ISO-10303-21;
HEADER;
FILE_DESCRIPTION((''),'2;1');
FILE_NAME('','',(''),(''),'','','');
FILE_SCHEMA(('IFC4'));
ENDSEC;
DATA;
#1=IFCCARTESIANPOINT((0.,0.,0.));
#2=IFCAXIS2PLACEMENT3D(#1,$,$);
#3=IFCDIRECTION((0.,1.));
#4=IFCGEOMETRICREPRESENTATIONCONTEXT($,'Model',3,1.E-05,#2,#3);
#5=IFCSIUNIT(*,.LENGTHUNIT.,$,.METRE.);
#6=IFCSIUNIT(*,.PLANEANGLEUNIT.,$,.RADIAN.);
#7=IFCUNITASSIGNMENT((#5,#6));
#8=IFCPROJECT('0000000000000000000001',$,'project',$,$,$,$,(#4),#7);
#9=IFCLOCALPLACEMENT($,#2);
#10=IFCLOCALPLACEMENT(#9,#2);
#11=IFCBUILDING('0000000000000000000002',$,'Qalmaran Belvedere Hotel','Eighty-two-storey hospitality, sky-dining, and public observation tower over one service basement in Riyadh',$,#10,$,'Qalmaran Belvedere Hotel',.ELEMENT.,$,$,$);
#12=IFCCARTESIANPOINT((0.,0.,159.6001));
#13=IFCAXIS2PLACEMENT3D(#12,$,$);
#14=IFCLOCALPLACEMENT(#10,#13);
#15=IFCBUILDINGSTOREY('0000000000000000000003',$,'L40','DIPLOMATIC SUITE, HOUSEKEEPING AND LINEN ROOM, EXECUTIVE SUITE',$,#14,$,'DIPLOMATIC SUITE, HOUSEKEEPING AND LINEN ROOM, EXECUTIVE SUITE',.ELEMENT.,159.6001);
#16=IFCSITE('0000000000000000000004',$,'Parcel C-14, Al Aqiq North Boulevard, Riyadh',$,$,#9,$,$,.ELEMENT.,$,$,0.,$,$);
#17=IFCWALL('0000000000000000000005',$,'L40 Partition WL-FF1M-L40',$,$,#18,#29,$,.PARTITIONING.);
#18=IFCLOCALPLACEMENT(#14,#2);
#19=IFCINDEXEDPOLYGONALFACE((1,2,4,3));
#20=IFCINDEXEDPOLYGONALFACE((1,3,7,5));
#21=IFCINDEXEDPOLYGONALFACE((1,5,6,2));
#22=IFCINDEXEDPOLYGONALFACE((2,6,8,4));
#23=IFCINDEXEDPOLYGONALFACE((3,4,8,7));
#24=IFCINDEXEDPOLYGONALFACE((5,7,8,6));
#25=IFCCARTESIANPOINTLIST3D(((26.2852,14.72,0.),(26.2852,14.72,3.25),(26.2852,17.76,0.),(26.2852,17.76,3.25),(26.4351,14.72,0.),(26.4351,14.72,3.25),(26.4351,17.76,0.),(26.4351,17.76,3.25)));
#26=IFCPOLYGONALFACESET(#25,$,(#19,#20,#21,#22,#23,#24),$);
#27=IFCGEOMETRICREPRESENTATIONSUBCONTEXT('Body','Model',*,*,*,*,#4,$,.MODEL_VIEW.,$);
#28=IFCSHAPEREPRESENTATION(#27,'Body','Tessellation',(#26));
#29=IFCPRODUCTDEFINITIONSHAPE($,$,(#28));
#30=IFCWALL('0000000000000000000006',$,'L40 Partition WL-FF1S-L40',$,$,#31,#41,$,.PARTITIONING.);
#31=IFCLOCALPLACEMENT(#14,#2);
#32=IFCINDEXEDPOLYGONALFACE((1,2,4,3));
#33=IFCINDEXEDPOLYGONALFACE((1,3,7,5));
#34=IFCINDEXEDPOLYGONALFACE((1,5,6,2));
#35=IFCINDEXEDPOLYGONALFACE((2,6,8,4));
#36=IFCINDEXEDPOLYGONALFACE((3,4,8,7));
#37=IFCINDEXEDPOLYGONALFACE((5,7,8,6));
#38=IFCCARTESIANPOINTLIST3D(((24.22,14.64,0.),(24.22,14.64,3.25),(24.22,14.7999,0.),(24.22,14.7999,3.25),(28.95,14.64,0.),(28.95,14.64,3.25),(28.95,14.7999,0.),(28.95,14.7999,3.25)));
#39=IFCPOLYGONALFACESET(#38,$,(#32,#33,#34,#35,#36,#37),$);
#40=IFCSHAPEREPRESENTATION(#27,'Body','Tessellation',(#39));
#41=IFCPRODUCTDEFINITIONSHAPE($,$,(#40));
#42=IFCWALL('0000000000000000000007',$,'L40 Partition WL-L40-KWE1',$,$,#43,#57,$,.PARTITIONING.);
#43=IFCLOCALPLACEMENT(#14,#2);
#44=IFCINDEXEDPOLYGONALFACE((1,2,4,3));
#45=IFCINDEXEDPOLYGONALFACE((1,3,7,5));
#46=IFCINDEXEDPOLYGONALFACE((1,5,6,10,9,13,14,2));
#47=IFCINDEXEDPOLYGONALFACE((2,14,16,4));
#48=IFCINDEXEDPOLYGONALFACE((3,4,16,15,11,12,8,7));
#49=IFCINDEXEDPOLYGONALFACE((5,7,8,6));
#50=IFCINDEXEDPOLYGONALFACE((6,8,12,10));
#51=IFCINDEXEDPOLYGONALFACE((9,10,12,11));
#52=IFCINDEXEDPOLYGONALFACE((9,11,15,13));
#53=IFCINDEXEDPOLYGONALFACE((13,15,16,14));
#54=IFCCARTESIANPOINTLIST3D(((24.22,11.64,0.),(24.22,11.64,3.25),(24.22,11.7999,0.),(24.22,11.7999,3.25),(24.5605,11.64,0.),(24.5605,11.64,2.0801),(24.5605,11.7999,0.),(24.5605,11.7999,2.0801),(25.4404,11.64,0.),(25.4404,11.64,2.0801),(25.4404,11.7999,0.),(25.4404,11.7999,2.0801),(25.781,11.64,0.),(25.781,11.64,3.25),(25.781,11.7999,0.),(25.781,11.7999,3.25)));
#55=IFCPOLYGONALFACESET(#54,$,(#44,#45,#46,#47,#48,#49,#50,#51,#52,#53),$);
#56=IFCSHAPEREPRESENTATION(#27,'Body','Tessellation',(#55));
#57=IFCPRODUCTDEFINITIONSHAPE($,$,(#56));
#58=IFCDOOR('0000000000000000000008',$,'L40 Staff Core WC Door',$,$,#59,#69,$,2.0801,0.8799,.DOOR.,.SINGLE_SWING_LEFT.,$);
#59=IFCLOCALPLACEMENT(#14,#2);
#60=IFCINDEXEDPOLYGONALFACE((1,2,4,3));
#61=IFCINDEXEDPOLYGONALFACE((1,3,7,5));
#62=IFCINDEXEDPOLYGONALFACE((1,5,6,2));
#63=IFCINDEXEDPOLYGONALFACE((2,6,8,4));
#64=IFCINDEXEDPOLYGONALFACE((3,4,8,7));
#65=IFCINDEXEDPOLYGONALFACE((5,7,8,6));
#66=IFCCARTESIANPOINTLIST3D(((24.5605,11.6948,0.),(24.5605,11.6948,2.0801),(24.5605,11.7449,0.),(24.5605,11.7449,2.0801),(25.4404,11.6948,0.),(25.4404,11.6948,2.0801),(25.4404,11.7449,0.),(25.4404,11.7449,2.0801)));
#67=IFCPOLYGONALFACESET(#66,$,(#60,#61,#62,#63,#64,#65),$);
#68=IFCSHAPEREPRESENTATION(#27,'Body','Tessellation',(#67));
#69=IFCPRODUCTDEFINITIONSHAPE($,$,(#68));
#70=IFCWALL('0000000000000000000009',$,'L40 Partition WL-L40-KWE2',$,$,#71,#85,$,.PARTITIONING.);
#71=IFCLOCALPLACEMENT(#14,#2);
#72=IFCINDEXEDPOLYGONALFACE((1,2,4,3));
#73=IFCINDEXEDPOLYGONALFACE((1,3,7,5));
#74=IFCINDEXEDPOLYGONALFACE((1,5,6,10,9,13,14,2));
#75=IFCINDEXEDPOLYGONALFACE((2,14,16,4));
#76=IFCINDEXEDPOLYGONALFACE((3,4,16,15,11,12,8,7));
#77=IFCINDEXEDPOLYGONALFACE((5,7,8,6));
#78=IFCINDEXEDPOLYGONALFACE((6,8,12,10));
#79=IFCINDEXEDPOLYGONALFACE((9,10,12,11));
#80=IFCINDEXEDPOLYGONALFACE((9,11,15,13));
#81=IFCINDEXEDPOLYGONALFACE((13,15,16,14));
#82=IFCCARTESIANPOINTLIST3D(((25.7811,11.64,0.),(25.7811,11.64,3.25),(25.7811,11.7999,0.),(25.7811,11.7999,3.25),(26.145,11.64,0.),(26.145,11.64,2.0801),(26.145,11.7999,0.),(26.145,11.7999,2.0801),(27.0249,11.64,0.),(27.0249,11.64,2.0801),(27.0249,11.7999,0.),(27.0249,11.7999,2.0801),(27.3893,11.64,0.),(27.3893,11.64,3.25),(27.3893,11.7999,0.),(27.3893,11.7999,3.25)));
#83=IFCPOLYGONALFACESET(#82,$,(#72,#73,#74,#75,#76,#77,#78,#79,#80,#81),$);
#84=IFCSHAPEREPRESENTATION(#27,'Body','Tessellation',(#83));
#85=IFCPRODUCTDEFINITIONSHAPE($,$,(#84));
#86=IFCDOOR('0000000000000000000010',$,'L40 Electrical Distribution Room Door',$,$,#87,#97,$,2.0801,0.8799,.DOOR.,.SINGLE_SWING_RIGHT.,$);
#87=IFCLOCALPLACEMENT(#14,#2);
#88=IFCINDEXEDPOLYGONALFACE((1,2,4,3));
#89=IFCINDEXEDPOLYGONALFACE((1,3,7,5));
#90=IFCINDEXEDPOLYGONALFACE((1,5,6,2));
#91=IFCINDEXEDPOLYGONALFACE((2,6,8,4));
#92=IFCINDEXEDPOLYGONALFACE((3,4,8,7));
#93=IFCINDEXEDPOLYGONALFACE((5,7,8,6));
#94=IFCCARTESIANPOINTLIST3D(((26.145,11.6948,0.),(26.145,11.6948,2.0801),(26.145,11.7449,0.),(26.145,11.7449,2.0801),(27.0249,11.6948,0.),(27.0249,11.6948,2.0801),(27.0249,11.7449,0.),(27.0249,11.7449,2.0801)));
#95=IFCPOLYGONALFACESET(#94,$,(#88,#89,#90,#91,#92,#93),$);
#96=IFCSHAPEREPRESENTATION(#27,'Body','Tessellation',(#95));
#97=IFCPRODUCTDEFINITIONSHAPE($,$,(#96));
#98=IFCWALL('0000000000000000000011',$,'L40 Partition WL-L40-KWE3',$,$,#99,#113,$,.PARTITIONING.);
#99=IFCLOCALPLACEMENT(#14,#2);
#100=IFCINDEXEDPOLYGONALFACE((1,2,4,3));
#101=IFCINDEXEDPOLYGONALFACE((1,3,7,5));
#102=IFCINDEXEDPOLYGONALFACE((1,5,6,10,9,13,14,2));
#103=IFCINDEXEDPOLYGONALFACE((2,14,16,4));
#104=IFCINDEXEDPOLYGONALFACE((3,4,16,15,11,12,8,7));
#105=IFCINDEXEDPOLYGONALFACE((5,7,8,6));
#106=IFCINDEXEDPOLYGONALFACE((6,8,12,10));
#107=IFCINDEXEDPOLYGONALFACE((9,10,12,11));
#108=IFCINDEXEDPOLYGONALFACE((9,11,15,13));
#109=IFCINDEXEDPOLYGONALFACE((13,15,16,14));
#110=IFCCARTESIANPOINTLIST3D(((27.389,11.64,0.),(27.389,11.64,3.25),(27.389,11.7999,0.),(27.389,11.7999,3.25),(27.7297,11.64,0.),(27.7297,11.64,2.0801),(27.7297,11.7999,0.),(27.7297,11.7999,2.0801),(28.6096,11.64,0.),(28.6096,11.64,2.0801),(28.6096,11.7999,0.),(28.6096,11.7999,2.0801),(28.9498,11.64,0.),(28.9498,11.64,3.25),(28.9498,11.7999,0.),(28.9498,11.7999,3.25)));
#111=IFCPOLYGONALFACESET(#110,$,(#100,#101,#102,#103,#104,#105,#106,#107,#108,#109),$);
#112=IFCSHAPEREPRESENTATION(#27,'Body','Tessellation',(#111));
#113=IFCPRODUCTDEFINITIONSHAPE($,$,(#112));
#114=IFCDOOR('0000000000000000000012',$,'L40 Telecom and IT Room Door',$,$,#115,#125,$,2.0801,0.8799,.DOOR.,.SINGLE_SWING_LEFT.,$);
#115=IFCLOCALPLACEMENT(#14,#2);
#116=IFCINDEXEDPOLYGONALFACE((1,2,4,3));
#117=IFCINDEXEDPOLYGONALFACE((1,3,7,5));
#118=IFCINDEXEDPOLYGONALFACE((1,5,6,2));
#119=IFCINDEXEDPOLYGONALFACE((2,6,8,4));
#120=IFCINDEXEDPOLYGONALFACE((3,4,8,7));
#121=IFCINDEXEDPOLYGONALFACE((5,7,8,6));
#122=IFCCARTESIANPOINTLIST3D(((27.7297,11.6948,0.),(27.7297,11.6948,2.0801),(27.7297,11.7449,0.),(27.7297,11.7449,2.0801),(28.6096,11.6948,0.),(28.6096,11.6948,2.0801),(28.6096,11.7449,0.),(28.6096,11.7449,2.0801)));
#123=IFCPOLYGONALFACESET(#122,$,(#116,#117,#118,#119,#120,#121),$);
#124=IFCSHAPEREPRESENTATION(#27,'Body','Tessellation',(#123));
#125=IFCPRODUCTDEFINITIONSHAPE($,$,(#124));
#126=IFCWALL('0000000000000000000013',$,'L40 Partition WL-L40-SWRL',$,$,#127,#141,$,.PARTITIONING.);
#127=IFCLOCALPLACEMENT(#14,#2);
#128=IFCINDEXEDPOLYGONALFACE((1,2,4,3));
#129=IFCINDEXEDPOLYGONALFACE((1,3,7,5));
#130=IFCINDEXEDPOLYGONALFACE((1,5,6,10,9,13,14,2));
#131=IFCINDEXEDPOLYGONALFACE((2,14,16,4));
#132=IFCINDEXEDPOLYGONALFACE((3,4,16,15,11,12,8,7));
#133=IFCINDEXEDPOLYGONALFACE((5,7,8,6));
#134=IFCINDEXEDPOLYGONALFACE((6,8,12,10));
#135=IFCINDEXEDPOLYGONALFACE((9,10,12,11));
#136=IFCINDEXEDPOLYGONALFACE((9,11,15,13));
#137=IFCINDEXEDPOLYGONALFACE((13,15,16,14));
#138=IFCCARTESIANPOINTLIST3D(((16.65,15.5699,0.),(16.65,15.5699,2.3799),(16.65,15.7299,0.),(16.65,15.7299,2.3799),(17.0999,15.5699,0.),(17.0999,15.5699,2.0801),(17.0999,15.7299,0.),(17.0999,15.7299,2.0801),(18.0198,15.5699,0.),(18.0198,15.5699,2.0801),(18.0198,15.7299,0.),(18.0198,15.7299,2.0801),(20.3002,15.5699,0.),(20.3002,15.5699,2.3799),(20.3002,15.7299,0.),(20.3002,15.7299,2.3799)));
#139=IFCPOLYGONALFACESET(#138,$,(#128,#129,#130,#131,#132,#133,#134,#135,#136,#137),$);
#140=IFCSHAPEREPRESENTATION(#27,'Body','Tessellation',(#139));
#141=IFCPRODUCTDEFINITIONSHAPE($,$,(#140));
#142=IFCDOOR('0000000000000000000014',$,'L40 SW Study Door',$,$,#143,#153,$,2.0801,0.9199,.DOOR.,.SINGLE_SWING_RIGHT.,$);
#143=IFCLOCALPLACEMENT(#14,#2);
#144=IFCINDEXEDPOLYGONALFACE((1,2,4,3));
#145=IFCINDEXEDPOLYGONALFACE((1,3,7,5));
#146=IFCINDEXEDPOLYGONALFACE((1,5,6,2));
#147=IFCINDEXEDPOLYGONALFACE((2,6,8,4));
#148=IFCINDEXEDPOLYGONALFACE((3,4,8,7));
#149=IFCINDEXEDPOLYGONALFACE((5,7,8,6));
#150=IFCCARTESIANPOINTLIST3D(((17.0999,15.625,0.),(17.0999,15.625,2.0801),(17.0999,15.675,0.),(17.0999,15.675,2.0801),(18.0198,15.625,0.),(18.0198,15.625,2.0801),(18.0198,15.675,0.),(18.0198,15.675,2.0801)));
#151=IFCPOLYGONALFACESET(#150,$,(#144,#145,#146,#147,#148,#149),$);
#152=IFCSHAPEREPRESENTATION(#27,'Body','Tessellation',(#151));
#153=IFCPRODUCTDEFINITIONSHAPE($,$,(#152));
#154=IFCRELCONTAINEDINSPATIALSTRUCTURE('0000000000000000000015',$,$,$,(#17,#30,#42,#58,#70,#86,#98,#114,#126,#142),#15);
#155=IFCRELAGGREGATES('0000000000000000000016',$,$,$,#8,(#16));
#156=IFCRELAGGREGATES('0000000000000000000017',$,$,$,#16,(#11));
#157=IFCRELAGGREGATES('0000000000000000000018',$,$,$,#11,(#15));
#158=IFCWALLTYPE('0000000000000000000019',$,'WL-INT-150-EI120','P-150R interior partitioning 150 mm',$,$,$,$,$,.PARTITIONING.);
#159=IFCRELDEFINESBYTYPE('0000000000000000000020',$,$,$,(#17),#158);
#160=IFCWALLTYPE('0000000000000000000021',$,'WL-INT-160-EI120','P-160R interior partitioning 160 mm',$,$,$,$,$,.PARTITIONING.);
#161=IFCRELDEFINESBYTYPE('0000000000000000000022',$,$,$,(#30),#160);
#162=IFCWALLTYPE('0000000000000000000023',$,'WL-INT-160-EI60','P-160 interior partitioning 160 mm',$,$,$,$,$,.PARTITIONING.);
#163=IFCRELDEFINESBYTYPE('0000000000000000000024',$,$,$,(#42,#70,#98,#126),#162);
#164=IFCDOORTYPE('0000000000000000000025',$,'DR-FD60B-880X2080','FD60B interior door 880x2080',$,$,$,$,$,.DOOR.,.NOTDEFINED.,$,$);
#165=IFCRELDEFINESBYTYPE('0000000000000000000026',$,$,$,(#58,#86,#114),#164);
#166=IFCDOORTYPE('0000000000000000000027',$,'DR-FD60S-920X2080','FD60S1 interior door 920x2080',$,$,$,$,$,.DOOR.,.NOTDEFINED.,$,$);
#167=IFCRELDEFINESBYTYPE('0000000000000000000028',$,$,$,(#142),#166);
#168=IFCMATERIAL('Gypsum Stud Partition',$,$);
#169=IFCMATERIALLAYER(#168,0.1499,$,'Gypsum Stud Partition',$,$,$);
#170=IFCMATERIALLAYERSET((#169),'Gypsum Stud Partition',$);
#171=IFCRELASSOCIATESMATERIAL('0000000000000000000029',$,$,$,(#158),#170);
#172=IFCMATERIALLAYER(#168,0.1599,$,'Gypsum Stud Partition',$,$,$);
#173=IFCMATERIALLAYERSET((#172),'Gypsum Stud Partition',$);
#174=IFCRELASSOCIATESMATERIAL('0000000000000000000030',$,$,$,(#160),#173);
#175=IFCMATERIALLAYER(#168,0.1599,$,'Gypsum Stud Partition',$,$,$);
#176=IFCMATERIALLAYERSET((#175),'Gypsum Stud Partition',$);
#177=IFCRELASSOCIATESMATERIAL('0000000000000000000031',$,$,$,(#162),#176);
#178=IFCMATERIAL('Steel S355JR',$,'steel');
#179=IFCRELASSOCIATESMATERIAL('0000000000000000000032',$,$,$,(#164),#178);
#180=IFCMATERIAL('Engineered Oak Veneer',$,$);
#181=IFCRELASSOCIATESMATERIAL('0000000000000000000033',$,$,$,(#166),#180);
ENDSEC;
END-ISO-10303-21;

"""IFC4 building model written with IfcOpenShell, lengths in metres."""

from ifc_helpers import new_model, si_unit, direction, frame, frame_2d, origin, place, context, subcontext, project, spatial, rectangle, extrude, material, layer, layer_set, type_object, element, fill, save


model = new_model("IFC4")

# Units and contexts
model_context = context("Model", 3, precision=1e-05, world=origin(), true_north=direction((0.0, 1.0)))
body_context = subcontext(model_context, "Body", "Model", "MODEL_VIEW")
ifc_project = project(units=[si_unit("LENGTHUNIT", "METRE"), si_unit("PLANEANGLEUNIT", "RADIAN")], contexts=[model_context])

# Site, building, storey
site_placement = place(None, origin())
site = spatial("IfcSite", under=ifc_project, at=site_placement, Name="Parcel C-14, Al Aqiq North Boulevard, Riyadh", CompositionType="ELEMENT", RefElevation=0.0)
building_placement = place(site_placement, origin())
building = spatial("IfcBuilding", under=site, at=building_placement, Name="Qalmaran Belvedere Hotel", Description="Eighty-two-storey hospitality, sky-dining, and public observation tower over one service basement in Riyadh", LongName="Qalmaran Belvedere Hotel", CompositionType="ELEMENT")
storey_placement = place(building_placement, frame((0.0, 0.0, 159.6001)))
storey = spatial("IfcBuildingStorey", under=building, at=storey_placement, Name="L40", Description="DIPLOMATIC SUITE, HOUSEKEEPING AND LINEN ROOM, EXECUTIVE SUITE", LongName="DIPLOMATIC SUITE, HOUSEKEEPING AND LINEN ROOM, EXECUTIVE SUITE", CompositionType="ELEMENT", Elevation=159.6001)

# Walls
ifc_material_1 = material(Name="Gypsum Stud Partition")
ifc_layer_1 = layer(ifc_material_1, 0.1499, Name="Gypsum Stud Partition")
ifc_layer_set_1 = layer_set([ifc_layer_1], Name="Gypsum Stud Partition")
wall_type_1 = type_object("IfcWallType", Name="WL-INT-150-EI120", Description="P-150R interior partitioning 150 mm", PredefinedType="PARTITIONING", material=ifc_layer_set_1)
wall_1_placement = place(storey_placement, frame((26.3601, 14.72, 0.0), z_axis=(0.0, 0.0, 1.0), x_axis=(0.0, 1.0, 0.0)))
element("IfcWall", 1, at=wall_1_placement, inside=storey, type_object=wall_type_1, Name="L40 Partition WL-FF1M-L40", PredefinedType="PARTITIONING", context=body_context, shape_type="SweptSolid", body=[
    extrude(rectangle(XDim=3.04, YDim=0.1499, at=frame_2d((1.52, 0.0))), origin(), (0.0, 0.0, 1.0), 3.25),
])
ifc_layer_2 = layer(ifc_material_1, 0.1599, Name="Gypsum Stud Partition")
ifc_layer_set_2 = layer_set([ifc_layer_2], Name="Gypsum Stud Partition")
wall_type_2 = type_object("IfcWallType", Name="WL-INT-160-EI120", Description="P-160R interior partitioning 160 mm", PredefinedType="PARTITIONING", material=ifc_layer_set_2)
wall_2_placement = place(storey_placement, frame((24.22, 14.72, 0.0), z_axis=(0.0, 0.0, 1.0), x_axis=(1.0, 0.0, 0.0)))
element("IfcWall", 2, at=wall_2_placement, inside=storey, type_object=wall_type_2, Name="L40 Partition WL-FF1S-L40", PredefinedType="PARTITIONING", context=body_context, shape_type="SweptSolid", body=[
    extrude(rectangle(XDim=4.73, YDim=0.1599, at=frame_2d((2.365, 0.0))), origin(), (0.0, 0.0, 1.0), 3.25),
])

# Walls, openings, doors
ifc_layer_3 = layer(ifc_material_1, 0.1599, Name="Gypsum Stud Partition")
ifc_layer_set_3 = layer_set([ifc_layer_3], Name="Gypsum Stud Partition")
wall_type_3 = type_object("IfcWallType", Name="WL-INT-160-EI60", Description="P-160 interior partitioning 160 mm", PredefinedType="PARTITIONING", material=ifc_layer_set_3)
wall_3_placement = place(storey_placement, frame((24.22, 11.72, 0.0), z_axis=(0.0, 0.0, 1.0), x_axis=(1.0, 0.0, 0.0)))
wall_3 = element("IfcWall", 3, at=wall_3_placement, inside=storey, type_object=wall_type_3, Name="L40 Partition WL-L40-KWE1", PredefinedType="PARTITIONING", context=body_context, shape_type="SweptSolid", body=[
    extrude(rectangle(XDim=1.561, YDim=0.1599, at=frame_2d((0.7805, 0.0))), origin(), (0.0, 0.0, 1.0), 3.25),
])
opening_1_placement = place(wall_3_placement, frame((0.3406, 0.0, 0.0)))
opening_1 = element("IfcOpeningElement", 4, at=opening_1_placement, cuts=wall_3, PredefinedType="OPENING", context=body_context, shape_type="SweptSolid", body=[
    extrude(rectangle(XDim=0.8799, YDim=2.0801, at=frame_2d((0.4399, 1.04))), frame((0.0, 0.0898, 0.0), z_axis=(0.0, -1.0, 0.0), x_axis=(1.0, 0.0, 0.0)), (0.0, 0.0, 1.0), 0.1799),
])
ifc_material_2 = material(Name="Steel S355JR", Category="steel")
door_type_1 = type_object("IfcDoorType", Name="DR-FD60B-880X2080", Description="FD60B interior door 880x2080", OperationType="NOTDEFINED", PredefinedType="DOOR", material=ifc_material_2)
door_1_placement = place(opening_1_placement, origin())
door_1 = element("IfcDoor", 5, at=door_1_placement, inside=storey, type_object=door_type_1, Name="L40 Staff Core WC Door", OperationType="SINGLE_SWING_LEFT", OverallHeight=2.0801, OverallWidth=0.8799, PredefinedType="DOOR", context=body_context, shape_type="SweptSolid", body=[
    extrude(rectangle(XDim=0.8799, YDim=2.0801, at=frame_2d((0.4399, 1.04))), frame((0.0, 0.0249, 0.0), z_axis=(0.0, -1.0, 0.0), x_axis=(1.0, 0.0, 0.0)), (0.0, 0.0, 1.0), 0.05),
])
fill(opening_1, door_1)
wall_4_placement = place(storey_placement, frame((25.781, 11.72, 0.0), z_axis=(0.0, 0.0, 1.0), x_axis=(1.0, 0.0, 0.0)))
wall_4 = element("IfcWall", 6, at=wall_4_placement, inside=storey, type_object=wall_type_3, Name="L40 Partition WL-L40-KWE2", PredefinedType="PARTITIONING", context=body_context, shape_type="SweptSolid", body=[
    extrude(rectangle(XDim=1.6082, YDim=0.1599, at=frame_2d((0.8042, 0.0))), origin(), (0.0, 0.0, 1.0), 3.25),
])
opening_2_placement = place(wall_4_placement, frame((0.364, 0.0, 0.0)))
opening_2 = element("IfcOpeningElement", 7, at=opening_2_placement, cuts=wall_4, PredefinedType="OPENING", context=body_context, shape_type="SweptSolid", body=[
    extrude(rectangle(XDim=0.8799, YDim=2.0801, at=frame_2d((0.4399, 1.04))), frame((0.0, 0.0898, 0.0), z_axis=(0.0, -1.0, 0.0), x_axis=(1.0, 0.0, 0.0)), (0.0, 0.0, 1.0), 0.1799),
])
door_2_placement = place(opening_2_placement, origin())
door_2 = element("IfcDoor", 8, at=door_2_placement, inside=storey, type_object=door_type_1, Name="L40 Electrical Distribution Room Door", OperationType="SINGLE_SWING_RIGHT", OverallHeight=2.0801, OverallWidth=0.8799, PredefinedType="DOOR", context=body_context, shape_type="SweptSolid", body=[
    extrude(rectangle(XDim=0.8799, YDim=2.0801, at=frame_2d((0.4399, 1.04))), frame((0.0, 0.0249, 0.0), z_axis=(0.0, -1.0, 0.0), x_axis=(1.0, 0.0, 0.0)), (0.0, 0.0, 1.0), 0.05),
])
fill(opening_2, door_2)
wall_5_placement = place(storey_placement, frame((27.3892, 11.72, 0.0), z_axis=(0.0, 0.0, 1.0), x_axis=(1.0, 0.0, 0.0)))
wall_5 = element("IfcWall", 9, at=wall_5_placement, inside=storey, type_object=wall_type_3, Name="L40 Partition WL-L40-KWE3", PredefinedType="PARTITIONING", context=body_context, shape_type="SweptSolid", body=[
    extrude(rectangle(XDim=1.5608, YDim=0.1599, at=frame_2d((0.7803, 0.0))), origin(), (0.0, 0.0, 1.0), 3.25),
])
opening_3_placement = place(wall_5_placement, frame((0.3406, 0.0, 0.0)))
opening_3 = element("IfcOpeningElement", 10, at=opening_3_placement, cuts=wall_5, PredefinedType="OPENING", context=body_context, shape_type="SweptSolid", body=[
    extrude(rectangle(XDim=0.8799, YDim=2.0801, at=frame_2d((0.4399, 1.04))), frame((0.0, 0.0898, 0.0), z_axis=(0.0, -1.0, 0.0), x_axis=(1.0, 0.0, 0.0)), (0.0, 0.0, 1.0), 0.1799),
])
door_3_placement = place(opening_3_placement, origin())
door_3 = element("IfcDoor", 11, at=door_3_placement, inside=storey, type_object=door_type_1, Name="L40 Telecom and IT Room Door", OperationType="SINGLE_SWING_LEFT", OverallHeight=2.0801, OverallWidth=0.8799, PredefinedType="DOOR", context=body_context, shape_type="SweptSolid", body=[
    extrude(rectangle(XDim=0.8799, YDim=2.0801, at=frame_2d((0.4399, 1.04))), frame((0.0, 0.0249, 0.0), z_axis=(0.0, -1.0, 0.0), x_axis=(1.0, 0.0, 0.0)), (0.0, 0.0, 1.0), 0.05),
])
fill(opening_3, door_3)
wall_6_placement = place(storey_placement, frame((16.6499, 15.6499, 0.0), z_axis=(0.0, 0.0, 1.0), x_axis=(1.0, 0.0, 0.0)))
wall_6 = element("IfcWall", 12, at=wall_6_placement, inside=storey, type_object=wall_type_3, Name="L40 Partition WL-L40-SWRL", PredefinedType="PARTITIONING", context=body_context, shape_type="SweptSolid", body=[
    extrude(rectangle(XDim=3.6501, YDim=0.1599, at=frame_2d((1.8252, 0.0))), origin(), (0.0, 0.0, 1.0), 2.3799),
])
opening_4_placement = place(wall_6_placement, frame((1.3699, 0.0, 0.0), z_axis=(0.0, 0.0, 1.0), x_axis=(-1.0, 0.0, 0.0)))
opening_4 = element("IfcOpeningElement", 13, at=opening_4_placement, cuts=wall_6, PredefinedType="OPENING", context=body_context, shape_type="SweptSolid", body=[
    extrude(rectangle(XDim=0.9199, YDim=2.0801, at=frame_2d((0.46, 1.04))), frame((0.0, 0.0898, 0.0), z_axis=(0.0, -1.0, 0.0), x_axis=(1.0, 0.0, 0.0)), (0.0, 0.0, 1.0), 0.1799),
])
ifc_material_3 = material(Name="Engineered Oak Veneer")
door_type_2 = type_object("IfcDoorType", Name="DR-FD60S-920X2080", Description="FD60S1 interior door 920x2080", OperationType="NOTDEFINED", PredefinedType="DOOR", material=ifc_material_3)
door_4_placement = place(opening_4_placement, origin())
door_4 = element("IfcDoor", 14, at=door_4_placement, inside=storey, type_object=door_type_2, Name="L40 SW Study Door", OperationType="SINGLE_SWING_RIGHT", OverallHeight=2.0801, OverallWidth=0.9199, PredefinedType="DOOR", context=body_context, shape_type="SweptSolid", body=[
    extrude(rectangle(XDim=0.9199, YDim=2.0801, at=frame_2d((0.46, 1.04))), frame((0.0, 0.0249, 0.0), z_axis=(0.0, -1.0, 0.0), x_axis=(1.0, 0.0, 0.0)), (0.0, 0.0, 1.0), 0.05),
])
fill(opening_4, door_4)

save(model, "model.ifc")
